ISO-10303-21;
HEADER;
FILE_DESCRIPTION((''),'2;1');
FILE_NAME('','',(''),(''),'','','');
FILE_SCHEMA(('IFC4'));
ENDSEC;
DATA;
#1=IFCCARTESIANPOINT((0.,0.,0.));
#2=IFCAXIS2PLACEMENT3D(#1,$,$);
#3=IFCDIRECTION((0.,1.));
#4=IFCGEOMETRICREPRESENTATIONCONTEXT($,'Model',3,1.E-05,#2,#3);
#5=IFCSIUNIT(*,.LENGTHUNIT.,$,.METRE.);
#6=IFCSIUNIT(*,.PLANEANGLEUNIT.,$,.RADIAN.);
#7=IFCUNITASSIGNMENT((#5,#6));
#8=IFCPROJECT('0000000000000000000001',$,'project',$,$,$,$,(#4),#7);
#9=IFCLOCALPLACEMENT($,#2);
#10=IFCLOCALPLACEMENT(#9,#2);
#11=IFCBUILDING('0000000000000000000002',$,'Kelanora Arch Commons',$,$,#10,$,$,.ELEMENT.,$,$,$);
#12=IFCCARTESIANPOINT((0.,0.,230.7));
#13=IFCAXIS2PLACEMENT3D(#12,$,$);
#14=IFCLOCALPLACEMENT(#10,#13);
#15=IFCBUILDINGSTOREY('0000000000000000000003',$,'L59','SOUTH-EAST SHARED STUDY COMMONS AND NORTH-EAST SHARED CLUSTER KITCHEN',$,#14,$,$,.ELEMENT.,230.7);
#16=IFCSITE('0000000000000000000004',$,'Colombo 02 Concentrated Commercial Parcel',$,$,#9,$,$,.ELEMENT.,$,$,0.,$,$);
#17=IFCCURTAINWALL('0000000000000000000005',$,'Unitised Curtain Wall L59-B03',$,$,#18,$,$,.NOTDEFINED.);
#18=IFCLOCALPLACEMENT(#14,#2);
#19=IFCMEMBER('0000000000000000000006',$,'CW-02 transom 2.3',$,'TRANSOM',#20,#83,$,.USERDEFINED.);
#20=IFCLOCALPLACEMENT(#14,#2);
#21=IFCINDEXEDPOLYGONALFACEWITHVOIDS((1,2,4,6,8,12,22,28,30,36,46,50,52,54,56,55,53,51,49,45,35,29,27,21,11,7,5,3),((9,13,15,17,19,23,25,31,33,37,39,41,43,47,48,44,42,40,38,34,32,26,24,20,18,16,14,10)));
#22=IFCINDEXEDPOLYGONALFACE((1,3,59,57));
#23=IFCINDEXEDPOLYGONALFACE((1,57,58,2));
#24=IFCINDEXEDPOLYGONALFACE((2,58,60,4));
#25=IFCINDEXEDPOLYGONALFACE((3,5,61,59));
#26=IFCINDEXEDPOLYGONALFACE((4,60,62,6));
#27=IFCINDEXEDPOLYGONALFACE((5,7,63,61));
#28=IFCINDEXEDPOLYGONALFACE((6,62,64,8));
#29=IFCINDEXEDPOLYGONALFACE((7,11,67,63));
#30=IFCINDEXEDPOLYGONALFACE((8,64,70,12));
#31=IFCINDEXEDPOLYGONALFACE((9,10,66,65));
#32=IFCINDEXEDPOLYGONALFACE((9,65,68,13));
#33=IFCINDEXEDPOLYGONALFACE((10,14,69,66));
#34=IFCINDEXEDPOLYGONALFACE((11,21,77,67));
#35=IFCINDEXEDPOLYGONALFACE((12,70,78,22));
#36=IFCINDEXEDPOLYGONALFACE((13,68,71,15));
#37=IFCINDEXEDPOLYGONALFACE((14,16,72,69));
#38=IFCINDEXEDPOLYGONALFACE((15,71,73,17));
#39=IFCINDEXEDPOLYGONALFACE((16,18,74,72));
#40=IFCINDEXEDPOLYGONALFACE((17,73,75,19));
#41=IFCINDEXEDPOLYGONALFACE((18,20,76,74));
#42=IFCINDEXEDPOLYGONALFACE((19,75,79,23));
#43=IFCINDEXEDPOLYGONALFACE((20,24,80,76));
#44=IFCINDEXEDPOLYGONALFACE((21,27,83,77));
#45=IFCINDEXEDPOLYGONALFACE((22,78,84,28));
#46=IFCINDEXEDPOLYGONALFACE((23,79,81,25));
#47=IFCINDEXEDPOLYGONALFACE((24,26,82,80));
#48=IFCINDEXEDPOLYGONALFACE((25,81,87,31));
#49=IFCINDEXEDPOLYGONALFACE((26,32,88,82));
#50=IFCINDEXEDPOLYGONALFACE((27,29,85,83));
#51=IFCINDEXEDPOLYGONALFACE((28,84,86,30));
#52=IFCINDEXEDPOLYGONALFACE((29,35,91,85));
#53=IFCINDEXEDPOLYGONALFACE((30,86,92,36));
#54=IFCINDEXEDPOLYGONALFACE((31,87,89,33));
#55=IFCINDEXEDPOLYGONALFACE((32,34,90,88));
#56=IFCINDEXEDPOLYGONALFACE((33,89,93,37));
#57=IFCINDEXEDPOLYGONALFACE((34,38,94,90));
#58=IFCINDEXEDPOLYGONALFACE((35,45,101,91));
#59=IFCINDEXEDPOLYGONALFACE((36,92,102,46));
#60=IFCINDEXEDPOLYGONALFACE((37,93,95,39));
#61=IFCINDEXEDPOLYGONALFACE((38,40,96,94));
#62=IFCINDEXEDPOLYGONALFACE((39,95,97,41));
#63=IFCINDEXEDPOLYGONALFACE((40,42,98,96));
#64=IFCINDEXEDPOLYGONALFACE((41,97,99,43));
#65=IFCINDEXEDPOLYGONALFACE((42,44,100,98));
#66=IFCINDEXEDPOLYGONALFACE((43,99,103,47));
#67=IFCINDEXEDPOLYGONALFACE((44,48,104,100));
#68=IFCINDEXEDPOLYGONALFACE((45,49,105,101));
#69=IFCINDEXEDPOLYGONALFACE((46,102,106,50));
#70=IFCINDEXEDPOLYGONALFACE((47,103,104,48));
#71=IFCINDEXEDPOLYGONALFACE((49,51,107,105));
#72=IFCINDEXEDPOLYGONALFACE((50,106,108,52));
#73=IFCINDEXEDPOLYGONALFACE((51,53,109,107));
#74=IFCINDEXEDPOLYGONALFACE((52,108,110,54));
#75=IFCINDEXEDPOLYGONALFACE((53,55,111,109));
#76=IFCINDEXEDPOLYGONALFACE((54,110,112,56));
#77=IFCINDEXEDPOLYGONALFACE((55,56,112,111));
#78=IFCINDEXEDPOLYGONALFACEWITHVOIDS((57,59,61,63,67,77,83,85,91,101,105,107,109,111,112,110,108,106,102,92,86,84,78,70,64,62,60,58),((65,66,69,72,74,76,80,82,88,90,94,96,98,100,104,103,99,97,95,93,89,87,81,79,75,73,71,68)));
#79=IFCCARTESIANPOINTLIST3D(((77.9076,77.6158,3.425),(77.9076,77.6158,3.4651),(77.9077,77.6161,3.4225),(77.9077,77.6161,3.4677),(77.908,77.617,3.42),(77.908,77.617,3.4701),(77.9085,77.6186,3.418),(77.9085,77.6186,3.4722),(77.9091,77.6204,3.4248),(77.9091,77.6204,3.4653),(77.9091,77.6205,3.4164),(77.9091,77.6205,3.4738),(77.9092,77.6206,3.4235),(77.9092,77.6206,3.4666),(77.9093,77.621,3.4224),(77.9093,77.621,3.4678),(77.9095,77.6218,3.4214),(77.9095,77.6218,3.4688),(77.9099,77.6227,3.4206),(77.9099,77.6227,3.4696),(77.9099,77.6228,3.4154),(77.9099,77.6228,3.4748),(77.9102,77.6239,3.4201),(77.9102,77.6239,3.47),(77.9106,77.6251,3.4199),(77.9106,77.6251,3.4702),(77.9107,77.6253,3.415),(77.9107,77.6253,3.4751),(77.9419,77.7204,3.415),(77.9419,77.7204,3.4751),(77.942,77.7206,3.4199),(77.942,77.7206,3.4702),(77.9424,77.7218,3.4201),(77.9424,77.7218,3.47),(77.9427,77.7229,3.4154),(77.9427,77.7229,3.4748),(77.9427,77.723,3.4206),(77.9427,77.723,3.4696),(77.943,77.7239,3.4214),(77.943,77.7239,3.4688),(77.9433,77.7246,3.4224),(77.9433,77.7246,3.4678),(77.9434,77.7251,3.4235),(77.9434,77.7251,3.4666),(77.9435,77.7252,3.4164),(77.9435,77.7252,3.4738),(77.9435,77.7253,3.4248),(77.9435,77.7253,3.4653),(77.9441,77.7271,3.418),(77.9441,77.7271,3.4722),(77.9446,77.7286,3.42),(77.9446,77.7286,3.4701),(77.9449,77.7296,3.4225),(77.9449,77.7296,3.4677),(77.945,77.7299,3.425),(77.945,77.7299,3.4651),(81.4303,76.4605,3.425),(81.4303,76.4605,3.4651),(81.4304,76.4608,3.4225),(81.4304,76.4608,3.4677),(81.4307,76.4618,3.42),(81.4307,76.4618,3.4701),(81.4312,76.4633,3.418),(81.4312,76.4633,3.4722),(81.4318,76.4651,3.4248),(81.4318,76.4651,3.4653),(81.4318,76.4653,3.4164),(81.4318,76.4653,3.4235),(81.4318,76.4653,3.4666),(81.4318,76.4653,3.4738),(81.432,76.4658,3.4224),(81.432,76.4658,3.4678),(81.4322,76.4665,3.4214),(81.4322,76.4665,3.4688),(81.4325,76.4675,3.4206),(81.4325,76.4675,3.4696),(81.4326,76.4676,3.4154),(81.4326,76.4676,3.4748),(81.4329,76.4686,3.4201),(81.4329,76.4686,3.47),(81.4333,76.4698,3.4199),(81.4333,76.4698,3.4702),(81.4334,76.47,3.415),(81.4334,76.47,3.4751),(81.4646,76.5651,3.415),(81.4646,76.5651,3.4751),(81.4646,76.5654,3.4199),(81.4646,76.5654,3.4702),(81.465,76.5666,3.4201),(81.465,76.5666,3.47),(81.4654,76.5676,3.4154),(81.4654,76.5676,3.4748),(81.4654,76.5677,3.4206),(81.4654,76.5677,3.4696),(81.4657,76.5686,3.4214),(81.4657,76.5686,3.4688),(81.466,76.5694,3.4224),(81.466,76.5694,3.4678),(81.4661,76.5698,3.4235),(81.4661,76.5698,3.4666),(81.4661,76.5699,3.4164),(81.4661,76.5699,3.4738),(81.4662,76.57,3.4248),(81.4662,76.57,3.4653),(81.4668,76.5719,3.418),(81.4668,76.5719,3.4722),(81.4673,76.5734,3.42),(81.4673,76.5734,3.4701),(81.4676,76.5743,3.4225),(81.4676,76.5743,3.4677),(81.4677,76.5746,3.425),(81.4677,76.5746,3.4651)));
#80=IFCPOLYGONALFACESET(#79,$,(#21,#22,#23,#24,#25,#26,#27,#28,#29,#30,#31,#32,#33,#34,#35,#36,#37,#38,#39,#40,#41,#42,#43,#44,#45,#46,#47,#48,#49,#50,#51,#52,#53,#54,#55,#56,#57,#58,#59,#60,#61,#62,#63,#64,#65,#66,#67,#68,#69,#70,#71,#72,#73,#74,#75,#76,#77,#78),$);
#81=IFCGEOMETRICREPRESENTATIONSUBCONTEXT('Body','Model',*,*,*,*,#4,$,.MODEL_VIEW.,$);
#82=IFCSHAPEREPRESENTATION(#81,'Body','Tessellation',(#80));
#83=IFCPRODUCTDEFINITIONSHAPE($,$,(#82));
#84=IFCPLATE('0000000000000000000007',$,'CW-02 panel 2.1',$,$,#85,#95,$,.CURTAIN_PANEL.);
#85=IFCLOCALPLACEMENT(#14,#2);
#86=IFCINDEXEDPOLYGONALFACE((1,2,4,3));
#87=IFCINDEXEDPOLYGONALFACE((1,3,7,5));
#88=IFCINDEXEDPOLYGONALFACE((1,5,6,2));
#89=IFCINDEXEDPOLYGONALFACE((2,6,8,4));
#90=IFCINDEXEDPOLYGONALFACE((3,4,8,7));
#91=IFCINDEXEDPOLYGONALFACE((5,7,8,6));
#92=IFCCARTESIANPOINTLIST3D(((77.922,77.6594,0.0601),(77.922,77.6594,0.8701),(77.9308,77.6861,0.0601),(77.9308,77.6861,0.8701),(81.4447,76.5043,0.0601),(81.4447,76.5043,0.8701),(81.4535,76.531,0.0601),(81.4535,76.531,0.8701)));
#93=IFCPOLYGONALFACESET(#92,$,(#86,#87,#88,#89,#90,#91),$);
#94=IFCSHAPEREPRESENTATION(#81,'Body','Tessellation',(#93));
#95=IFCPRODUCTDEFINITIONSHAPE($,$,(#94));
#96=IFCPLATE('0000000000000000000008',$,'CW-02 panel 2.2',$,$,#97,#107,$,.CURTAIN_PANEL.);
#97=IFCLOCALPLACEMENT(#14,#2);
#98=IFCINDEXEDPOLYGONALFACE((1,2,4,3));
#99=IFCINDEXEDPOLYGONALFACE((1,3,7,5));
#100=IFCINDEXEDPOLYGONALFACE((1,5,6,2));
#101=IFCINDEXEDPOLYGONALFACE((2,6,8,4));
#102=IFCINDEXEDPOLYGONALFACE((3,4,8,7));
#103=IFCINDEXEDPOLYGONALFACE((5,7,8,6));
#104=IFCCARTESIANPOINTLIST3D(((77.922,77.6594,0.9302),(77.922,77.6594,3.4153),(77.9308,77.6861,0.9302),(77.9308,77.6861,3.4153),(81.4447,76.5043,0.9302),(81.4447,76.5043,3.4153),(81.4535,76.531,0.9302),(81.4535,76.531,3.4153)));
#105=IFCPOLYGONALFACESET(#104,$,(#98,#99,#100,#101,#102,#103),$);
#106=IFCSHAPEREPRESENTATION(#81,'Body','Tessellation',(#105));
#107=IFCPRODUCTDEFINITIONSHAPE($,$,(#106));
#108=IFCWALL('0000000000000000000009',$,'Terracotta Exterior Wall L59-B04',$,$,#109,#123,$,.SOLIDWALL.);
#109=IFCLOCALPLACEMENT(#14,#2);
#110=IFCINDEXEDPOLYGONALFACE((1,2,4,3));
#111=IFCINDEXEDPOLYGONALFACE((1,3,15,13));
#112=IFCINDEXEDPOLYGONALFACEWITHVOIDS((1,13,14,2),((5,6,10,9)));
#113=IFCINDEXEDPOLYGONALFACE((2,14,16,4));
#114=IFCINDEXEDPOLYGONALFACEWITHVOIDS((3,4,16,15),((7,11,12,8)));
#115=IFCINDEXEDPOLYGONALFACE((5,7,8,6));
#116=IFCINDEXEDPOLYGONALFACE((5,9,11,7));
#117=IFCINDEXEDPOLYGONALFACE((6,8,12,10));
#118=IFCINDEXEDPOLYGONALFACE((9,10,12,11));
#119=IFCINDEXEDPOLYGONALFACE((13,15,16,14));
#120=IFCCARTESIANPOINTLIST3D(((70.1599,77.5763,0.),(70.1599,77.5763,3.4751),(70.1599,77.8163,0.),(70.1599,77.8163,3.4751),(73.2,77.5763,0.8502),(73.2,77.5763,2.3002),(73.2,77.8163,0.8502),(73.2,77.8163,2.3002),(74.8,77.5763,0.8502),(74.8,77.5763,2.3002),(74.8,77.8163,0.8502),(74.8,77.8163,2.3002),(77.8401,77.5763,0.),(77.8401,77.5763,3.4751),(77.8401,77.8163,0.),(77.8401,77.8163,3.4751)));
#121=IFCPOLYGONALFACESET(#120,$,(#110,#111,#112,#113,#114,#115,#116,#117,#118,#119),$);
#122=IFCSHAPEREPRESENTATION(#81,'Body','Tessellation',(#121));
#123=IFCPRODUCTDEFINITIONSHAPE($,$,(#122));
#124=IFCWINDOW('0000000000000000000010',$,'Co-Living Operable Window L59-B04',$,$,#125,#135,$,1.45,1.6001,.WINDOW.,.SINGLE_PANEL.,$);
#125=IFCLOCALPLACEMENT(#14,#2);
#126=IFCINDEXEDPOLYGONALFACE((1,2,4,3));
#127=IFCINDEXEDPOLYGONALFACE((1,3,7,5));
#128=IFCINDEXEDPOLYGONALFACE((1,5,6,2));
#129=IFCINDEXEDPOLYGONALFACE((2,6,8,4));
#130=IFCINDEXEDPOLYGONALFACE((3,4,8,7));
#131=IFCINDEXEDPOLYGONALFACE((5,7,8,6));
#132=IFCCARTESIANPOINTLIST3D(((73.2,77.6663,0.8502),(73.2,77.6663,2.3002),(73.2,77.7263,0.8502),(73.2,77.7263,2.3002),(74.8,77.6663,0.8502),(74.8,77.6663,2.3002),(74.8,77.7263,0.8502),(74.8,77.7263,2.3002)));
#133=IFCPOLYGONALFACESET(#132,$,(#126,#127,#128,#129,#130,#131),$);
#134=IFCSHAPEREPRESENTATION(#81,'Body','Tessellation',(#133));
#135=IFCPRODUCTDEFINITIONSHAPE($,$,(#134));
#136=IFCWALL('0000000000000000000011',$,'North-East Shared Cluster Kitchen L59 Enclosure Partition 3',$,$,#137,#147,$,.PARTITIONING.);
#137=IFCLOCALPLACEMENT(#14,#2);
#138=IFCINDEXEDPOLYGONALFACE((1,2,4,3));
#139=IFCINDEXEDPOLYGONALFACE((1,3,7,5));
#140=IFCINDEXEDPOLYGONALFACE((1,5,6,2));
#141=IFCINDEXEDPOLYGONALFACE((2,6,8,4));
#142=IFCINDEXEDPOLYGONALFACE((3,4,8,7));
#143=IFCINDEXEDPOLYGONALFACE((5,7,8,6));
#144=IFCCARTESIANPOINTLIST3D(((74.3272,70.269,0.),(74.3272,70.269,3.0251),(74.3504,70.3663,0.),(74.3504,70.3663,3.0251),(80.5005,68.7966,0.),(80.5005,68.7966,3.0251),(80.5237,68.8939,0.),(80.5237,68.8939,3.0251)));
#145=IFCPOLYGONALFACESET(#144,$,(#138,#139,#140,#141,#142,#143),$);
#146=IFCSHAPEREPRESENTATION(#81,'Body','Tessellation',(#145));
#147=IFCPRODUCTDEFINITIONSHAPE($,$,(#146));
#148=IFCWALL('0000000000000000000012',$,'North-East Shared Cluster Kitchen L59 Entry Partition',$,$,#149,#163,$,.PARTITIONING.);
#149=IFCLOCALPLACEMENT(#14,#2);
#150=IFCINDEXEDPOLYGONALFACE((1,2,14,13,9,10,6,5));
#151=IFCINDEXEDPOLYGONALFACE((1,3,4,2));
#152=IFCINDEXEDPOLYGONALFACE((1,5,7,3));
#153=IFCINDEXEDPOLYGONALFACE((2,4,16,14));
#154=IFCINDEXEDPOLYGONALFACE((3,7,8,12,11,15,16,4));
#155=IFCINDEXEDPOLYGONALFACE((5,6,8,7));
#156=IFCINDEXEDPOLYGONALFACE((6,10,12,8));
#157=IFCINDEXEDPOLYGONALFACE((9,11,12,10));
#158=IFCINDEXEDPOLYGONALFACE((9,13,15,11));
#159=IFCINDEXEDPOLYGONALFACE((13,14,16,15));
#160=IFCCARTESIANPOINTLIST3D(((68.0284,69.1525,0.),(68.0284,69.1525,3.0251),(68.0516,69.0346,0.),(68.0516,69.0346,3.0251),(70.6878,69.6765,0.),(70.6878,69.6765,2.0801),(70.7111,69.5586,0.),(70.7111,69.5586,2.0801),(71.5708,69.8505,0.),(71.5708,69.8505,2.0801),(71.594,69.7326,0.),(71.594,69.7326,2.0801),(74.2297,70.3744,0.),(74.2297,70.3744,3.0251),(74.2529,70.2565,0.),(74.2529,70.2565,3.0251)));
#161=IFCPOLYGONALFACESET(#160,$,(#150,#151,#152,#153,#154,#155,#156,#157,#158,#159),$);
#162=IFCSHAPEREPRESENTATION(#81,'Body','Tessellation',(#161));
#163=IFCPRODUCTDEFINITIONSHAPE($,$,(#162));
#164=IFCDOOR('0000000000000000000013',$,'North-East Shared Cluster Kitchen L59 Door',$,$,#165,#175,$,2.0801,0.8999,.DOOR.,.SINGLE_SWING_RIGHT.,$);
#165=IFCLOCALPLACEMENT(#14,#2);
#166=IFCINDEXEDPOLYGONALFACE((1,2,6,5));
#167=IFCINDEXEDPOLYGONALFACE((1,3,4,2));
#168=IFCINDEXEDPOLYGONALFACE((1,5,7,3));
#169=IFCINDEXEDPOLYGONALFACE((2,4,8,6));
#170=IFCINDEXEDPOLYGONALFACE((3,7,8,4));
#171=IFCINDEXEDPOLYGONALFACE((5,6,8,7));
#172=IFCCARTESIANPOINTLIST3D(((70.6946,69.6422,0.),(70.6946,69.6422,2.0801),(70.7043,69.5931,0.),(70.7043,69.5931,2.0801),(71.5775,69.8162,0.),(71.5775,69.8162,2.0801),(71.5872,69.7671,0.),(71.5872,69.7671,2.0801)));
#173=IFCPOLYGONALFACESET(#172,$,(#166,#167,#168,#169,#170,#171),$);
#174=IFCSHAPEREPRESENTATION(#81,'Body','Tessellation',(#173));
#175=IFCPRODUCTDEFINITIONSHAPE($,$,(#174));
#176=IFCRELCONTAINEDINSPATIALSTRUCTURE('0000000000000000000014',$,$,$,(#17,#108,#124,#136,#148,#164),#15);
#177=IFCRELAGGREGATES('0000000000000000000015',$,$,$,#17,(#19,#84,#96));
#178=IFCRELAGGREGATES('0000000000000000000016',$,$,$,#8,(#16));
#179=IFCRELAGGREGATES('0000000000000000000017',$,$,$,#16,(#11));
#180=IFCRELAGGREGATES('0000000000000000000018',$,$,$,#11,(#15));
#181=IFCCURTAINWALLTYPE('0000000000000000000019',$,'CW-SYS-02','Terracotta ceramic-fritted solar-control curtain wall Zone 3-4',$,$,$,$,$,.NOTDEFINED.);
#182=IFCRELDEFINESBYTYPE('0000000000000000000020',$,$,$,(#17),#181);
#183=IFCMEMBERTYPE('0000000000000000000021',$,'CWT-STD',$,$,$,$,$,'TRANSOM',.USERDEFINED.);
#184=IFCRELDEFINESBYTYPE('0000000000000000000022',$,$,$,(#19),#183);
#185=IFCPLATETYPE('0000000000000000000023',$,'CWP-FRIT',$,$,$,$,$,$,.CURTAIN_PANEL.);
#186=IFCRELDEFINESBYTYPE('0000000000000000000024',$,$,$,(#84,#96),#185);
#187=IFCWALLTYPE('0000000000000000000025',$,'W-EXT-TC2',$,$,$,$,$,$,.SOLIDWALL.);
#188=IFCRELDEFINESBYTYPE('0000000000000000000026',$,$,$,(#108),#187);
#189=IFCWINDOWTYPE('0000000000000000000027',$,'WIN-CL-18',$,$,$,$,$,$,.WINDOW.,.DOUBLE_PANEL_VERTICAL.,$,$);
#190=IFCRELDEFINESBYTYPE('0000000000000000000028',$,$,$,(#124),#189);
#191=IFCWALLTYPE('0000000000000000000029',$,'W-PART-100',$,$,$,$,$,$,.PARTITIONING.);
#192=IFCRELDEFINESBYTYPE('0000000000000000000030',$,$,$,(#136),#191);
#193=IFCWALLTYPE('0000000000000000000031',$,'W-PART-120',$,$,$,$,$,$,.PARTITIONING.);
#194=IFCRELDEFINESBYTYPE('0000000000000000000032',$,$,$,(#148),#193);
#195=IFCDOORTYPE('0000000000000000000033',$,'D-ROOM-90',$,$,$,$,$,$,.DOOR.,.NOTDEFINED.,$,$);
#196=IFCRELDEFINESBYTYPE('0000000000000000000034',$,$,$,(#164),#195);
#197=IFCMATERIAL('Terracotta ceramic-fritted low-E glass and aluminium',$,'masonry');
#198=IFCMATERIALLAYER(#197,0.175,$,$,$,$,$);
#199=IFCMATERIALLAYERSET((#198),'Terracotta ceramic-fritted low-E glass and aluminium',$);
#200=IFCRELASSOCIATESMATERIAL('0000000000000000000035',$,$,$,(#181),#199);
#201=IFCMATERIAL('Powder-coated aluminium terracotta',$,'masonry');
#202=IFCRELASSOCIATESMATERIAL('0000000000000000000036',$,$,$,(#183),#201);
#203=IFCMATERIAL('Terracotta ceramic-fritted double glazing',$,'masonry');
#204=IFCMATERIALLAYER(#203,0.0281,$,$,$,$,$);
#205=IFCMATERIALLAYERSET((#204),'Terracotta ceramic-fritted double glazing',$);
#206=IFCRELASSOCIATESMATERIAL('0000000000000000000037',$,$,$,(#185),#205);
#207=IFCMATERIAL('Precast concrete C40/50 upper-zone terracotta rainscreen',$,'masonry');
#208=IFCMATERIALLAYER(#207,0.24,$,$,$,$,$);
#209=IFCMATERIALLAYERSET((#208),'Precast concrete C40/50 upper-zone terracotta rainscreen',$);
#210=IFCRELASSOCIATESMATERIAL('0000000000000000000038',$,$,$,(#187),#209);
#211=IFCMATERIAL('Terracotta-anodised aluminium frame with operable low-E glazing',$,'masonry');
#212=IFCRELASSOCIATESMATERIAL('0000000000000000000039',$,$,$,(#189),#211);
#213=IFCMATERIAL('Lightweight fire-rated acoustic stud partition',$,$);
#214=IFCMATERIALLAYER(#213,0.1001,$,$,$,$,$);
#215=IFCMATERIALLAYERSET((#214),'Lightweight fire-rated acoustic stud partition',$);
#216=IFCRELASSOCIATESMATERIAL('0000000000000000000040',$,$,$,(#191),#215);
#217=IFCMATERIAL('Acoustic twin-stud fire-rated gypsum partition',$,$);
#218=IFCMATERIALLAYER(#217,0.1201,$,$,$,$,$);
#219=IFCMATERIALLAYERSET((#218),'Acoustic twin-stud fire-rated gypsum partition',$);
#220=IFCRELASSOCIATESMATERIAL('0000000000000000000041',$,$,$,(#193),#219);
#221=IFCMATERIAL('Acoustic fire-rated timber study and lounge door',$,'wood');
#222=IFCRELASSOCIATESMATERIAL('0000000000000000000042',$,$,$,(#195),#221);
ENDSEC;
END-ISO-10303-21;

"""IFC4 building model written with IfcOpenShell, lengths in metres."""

from ifc_helpers import new_model, si_unit, direction, frame, frame_2d, origin, origin_2d, place, context, subcontext, project, spatial, rectangle, hollow_rectangle, extrude, source, transform, mapped, material, layer, layer_set, material_profile, profile_set, type_object, element, fill, aggregate, save


model = new_model("IFC4")

# Units and contexts
model_context = context("Model", 3, precision=1e-05, world=origin(), true_north=direction((0.0, 1.0)))
body_context = subcontext(model_context, "Body", "Model", "MODEL_VIEW")
ifc_project = project(units=[si_unit("LENGTHUNIT", "METRE"), si_unit("PLANEANGLEUNIT", "RADIAN")], contexts=[model_context])

# Site, building, storey
site_placement = place(None, origin())
site = spatial("IfcSite", under=ifc_project, at=site_placement, Name="Colombo 02 Concentrated Commercial Parcel", CompositionType="ELEMENT", RefElevation=0.0)
building_placement = place(site_placement, origin())
building = spatial("IfcBuilding", under=site, at=building_placement, Name="Kelanora Arch Commons", CompositionType="ELEMENT")
storey_placement = place(building_placement, frame((0.0, 0.0, 230.7)))
storey = spatial("IfcBuildingStorey", under=building, at=storey_placement, Name="L59", Description="SOUTH-EAST SHARED STUDY COMMONS AND NORTH-EAST SHARED CLUSTER KITCHEN", CompositionType="ELEMENT", Elevation=230.7)

# Curtain wall, member, plates
ifc_material_1 = material(Name="Terracotta ceramic-fritted low-E glass and aluminium", Category="masonry")
ifc_layer_1 = layer(ifc_material_1, 0.175)
ifc_layer_set_1 = layer_set([ifc_layer_1], Name="Terracotta ceramic-fritted low-E glass and aluminium")
curtain_wall_type = type_object("IfcCurtainWallType", Name="CW-SYS-02", Description="Terracotta ceramic-fritted solar-control curtain wall Zone 3-4", PredefinedType="NOTDEFINED", material=ifc_layer_set_1)
curtain_wall_placement = place(storey_placement, origin())
curtain_wall = element("IfcCurtainWall", 1, at=curtain_wall_placement, inside=storey, type_object=curtain_wall_type, Name="Unitised Curtain Wall L59-B03", PredefinedType="NOTDEFINED")
ifc_material_2 = material(Name="Powder-coated aluminium terracotta", Category="masonry")
ifc_material_profile_1 = material_profile(ifc_material_2, hollow_rectangle(XDim=0.1201, YDim=0.0601, WallThickness=0.0049, InnerFilletRadius=0.0049, OuterFilletRadius=0.01, at=origin_2d()), Name="CWT120x60")
ifc_profile_set_1 = profile_set([ifc_material_profile_1], Name="Powder-coated aluminium terracotta")
member_type_1 = type_object("IfcMemberType", Name="CWT-STD", ElementType="TRANSOM", PredefinedType="USERDEFINED", material=ifc_profile_set_1)
member_1_placement = place(storey_placement, frame((81.449, 76.5176, 3.4451), z_axis=(-0.950207, 0.311621, 0.0), x_axis=(-0.311621, -0.950207, 0.0)))
member_1 = element("IfcMember", 2, at=member_1_placement, type_object=member_type_1, Name="CW-02 transom 2.3", ObjectType="TRANSOM", PredefinedType="USERDEFINED", context=body_context, shape_type="SweptSolid", body=[
    extrude(hollow_rectangle(XDim=0.1201, YDim=0.0601, WallThickness=0.0049, InnerFilletRadius=0.0049, OuterFilletRadius=0.01, at=origin_2d()), origin(), (0.0, 0.0, 1.0), 3.7073),
])
ifc_material_3 = material(Name="Terracotta ceramic-fritted double glazing", Category="masonry")
ifc_layer_2 = layer(ifc_material_3, 0.0281)
ifc_layer_set_2 = layer_set([ifc_layer_2], Name="Terracotta ceramic-fritted double glazing")
plate_type = type_object("IfcPlateType", Name="CWP-FRIT", PredefinedType="CURTAIN_PANEL", material=ifc_layer_set_2)
shared_shape_1 = source(origin(), body_context, "Body", "SweptSolid", [
    extrude(rectangle(XDim=3.7073, YDim=0.0281, at=origin_2d()), origin(), (0.0, 0.0, 1.0), 0.8101),
])
plate_1_placement = place(storey_placement, frame((79.6877, 77.0952, 0.0601), z_axis=(0.0, 0.0, 1.0), x_axis=(-0.950219, 0.311582, 0.0)))
plate_1 = element("IfcPlate", 3, at=plate_1_placement, type_object=plate_type, Name="CW-02 panel 2.1", PredefinedType="CURTAIN_PANEL", context=body_context, shape_type="MappedRepresentation", body=[
    mapped(shared_shape_1, transform((0.0, 0.0, 0.0), scale=1.0)),
])
shared_shape_2 = source(origin(), body_context, "Body", "SweptSolid", [
    extrude(rectangle(XDim=3.7073, YDim=0.0281, at=origin_2d()), origin(), (0.0, 0.0, 1.0), 2.4851),
])
plate_2_placement = place(storey_placement, frame((79.6877, 77.0952, 0.9302), z_axis=(0.0, 0.0, 1.0), x_axis=(-0.950219, 0.311582, 0.0)))
plate_2 = element("IfcPlate", 4, at=plate_2_placement, type_object=plate_type, Name="CW-02 panel 2.2", PredefinedType="CURTAIN_PANEL", context=body_context, shape_type="MappedRepresentation", body=[
    mapped(shared_shape_2, transform((0.0, 0.0, 0.0), scale=1.0)),
])
aggregate(curtain_wall, [member_1, plate_1, plate_2])

# Wall, opening, window
ifc_material_4 = material(Name="Precast concrete C40/50 upper-zone terracotta rainscreen", Category="masonry")
ifc_layer_3 = layer(ifc_material_4, 0.24)
ifc_layer_set_3 = layer_set([ifc_layer_3], Name="Precast concrete C40/50 upper-zone terracotta rainscreen")
wall_type_1 = type_object("IfcWallType", Name="W-EXT-TC2", PredefinedType="SOLIDWALL", material=ifc_layer_set_3)
wall_1_placement = place(storey_placement, frame((77.8401, 77.6963, 0.0), z_axis=(0.0, 0.0, 1.0), x_axis=(-1.0, 0.0, 0.0)))
wall_1 = element("IfcWall", 5, at=wall_1_placement, inside=storey, type_object=wall_type_1, Name="Terracotta Exterior Wall L59-B04", PredefinedType="SOLIDWALL", context=body_context, shape_type="SweptSolid", body=[
    extrude(rectangle(XDim=7.6802, YDim=0.24, at=frame_2d((3.8401, 0.0))), origin(), (0.0, 0.0, 1.0), 3.4751),
])
opening_1_placement = place(wall_1_placement, frame((3.04, 0.0, 0.8501)))
opening_1 = element("IfcOpeningElement", 6, at=opening_1_placement, cuts=wall_1, PredefinedType="OPENING", context=body_context, shape_type="SweptSolid", body=[
    extrude(rectangle(XDim=1.6001, YDim=1.45, at=frame_2d((0.8, 0.7251))), frame((0.0, 0.1299, 0.0), z_axis=(0.0, -1.0, 0.0), x_axis=(1.0, 0.0, 0.0)), (0.0, 0.0, 1.0), 0.26),
])
ifc_material_5 = material(Name="Terracotta-anodised aluminium frame with operable low-E glazing", Category="masonry")
window_type = type_object("IfcWindowType", Name="WIN-CL-18", PartitioningType="DOUBLE_PANEL_VERTICAL", PredefinedType="WINDOW", material=ifc_material_5)
window_placement = place(opening_1_placement, origin())
window = element("IfcWindow", 7, at=window_placement, inside=storey, type_object=window_type, Name="Co-Living Operable Window L59-B04", OverallHeight=1.45, OverallWidth=1.6001, PartitioningType="SINGLE_PANEL", PredefinedType="WINDOW", context=body_context, shape_type="SweptSolid", body=[
    extrude(rectangle(XDim=1.6001, YDim=1.45, at=frame_2d((0.8, 0.7251))), frame((0.0, 0.03, 0.0), z_axis=(0.0, -1.0, 0.0), x_axis=(1.0, 0.0, 0.0)), (0.0, 0.0, 1.0), 0.0601),
])
fill(opening_1, window)

# Wall
ifc_material_6 = material(Name="Lightweight fire-rated acoustic stud partition")
ifc_layer_4 = layer(ifc_material_6, 0.1001)
ifc_layer_set_4 = layer_set([ifc_layer_4], Name="Lightweight fire-rated acoustic stud partition")
wall_type_2 = type_object("IfcWallType", Name="W-PART-100", PredefinedType="PARTITIONING", material=ifc_layer_set_4)
wall_2_placement = place(storey_placement, frame((80.5122, 68.8452, 0.0), z_axis=(0.0, 0.0, 1.0), x_axis=(-0.972715, 0.232004, 0.0)))
element("IfcWall", 8, at=wall_2_placement, inside=storey, type_object=wall_type_2, Name="North-East Shared Cluster Kitchen L59 Enclosure Partition 3", PredefinedType="PARTITIONING", context=body_context, shape_type="SweptSolid", body=[
    extrude(rectangle(XDim=6.3464, YDim=0.1001, at=frame_2d((3.1733, 0.0))), origin(), (0.0, 0.0, 1.0), 3.0251),
])

# Wall, opening, door
ifc_material_7 = material(Name="Acoustic twin-stud fire-rated gypsum partition")
ifc_layer_5 = layer(ifc_material_7, 0.1201)
ifc_layer_set_5 = layer_set([ifc_layer_5], Name="Acoustic twin-stud fire-rated gypsum partition")
wall_type_3 = type_object("IfcWallType", Name="W-PART-120", PredefinedType="PARTITIONING", material=ifc_layer_set_5)
wall_3_placement = place(storey_placement, frame((74.2412, 70.3154, 0.0), z_axis=(0.0, 0.0, 1.0), x_axis=(-0.981135, -0.193322, 0.0)))
wall_3 = element("IfcWall", 9, at=wall_3_placement, inside=storey, type_object=wall_type_3, Name="North-East Shared Cluster Kitchen L59 Entry Partition", PredefinedType="PARTITIONING", context=body_context, shape_type="SweptSolid", body=[
    extrude(rectangle(XDim=6.3206, YDim=0.1201, at=frame_2d((3.1602, 0.0))), origin(), (0.0, 0.0, 1.0), 3.0251),
])
opening_2_placement = place(wall_3_placement, frame((2.71, 0.0, 0.0)))
opening_2 = element("IfcOpeningElement", 10, at=opening_2_placement, cuts=wall_3, PredefinedType="OPENING", context=body_context, shape_type="SweptSolid", body=[
    extrude(rectangle(XDim=0.8999, YDim=2.0801, at=frame_2d((0.45, 1.04))), frame((0.0, 0.0701, 0.0), z_axis=(0.0, -1.0, 0.0), x_axis=(1.0, 0.0, 0.0)), (0.0, 0.0, 1.0), 0.1401),
])
ifc_material_8 = material(Name="Acoustic fire-rated timber study and lounge door", Category="wood")
door_type = type_object("IfcDoorType", Name="D-ROOM-90", OperationType="NOTDEFINED", PredefinedType="DOOR", material=ifc_material_8)
door_placement = place(opening_2_placement, origin())
door = element("IfcDoor", 11, at=door_placement, inside=storey, type_object=door_type, Name="North-East Shared Cluster Kitchen L59 Door", OperationType="SINGLE_SWING_RIGHT", OverallHeight=2.0801, OverallWidth=0.8999, PredefinedType="DOOR", context=body_context, shape_type="SweptSolid", body=[
    extrude(rectangle(XDim=0.8999, YDim=2.0801, at=frame_2d((0.45, 1.04))), frame((0.0, 0.0249, 0.0), z_axis=(0.0, -1.0, 0.0), x_axis=(1.0, 0.0, 0.0)), (0.0, 0.0, 1.0), 0.05),
])
fill(opening_2, door)

save(model, "model.ifc")
